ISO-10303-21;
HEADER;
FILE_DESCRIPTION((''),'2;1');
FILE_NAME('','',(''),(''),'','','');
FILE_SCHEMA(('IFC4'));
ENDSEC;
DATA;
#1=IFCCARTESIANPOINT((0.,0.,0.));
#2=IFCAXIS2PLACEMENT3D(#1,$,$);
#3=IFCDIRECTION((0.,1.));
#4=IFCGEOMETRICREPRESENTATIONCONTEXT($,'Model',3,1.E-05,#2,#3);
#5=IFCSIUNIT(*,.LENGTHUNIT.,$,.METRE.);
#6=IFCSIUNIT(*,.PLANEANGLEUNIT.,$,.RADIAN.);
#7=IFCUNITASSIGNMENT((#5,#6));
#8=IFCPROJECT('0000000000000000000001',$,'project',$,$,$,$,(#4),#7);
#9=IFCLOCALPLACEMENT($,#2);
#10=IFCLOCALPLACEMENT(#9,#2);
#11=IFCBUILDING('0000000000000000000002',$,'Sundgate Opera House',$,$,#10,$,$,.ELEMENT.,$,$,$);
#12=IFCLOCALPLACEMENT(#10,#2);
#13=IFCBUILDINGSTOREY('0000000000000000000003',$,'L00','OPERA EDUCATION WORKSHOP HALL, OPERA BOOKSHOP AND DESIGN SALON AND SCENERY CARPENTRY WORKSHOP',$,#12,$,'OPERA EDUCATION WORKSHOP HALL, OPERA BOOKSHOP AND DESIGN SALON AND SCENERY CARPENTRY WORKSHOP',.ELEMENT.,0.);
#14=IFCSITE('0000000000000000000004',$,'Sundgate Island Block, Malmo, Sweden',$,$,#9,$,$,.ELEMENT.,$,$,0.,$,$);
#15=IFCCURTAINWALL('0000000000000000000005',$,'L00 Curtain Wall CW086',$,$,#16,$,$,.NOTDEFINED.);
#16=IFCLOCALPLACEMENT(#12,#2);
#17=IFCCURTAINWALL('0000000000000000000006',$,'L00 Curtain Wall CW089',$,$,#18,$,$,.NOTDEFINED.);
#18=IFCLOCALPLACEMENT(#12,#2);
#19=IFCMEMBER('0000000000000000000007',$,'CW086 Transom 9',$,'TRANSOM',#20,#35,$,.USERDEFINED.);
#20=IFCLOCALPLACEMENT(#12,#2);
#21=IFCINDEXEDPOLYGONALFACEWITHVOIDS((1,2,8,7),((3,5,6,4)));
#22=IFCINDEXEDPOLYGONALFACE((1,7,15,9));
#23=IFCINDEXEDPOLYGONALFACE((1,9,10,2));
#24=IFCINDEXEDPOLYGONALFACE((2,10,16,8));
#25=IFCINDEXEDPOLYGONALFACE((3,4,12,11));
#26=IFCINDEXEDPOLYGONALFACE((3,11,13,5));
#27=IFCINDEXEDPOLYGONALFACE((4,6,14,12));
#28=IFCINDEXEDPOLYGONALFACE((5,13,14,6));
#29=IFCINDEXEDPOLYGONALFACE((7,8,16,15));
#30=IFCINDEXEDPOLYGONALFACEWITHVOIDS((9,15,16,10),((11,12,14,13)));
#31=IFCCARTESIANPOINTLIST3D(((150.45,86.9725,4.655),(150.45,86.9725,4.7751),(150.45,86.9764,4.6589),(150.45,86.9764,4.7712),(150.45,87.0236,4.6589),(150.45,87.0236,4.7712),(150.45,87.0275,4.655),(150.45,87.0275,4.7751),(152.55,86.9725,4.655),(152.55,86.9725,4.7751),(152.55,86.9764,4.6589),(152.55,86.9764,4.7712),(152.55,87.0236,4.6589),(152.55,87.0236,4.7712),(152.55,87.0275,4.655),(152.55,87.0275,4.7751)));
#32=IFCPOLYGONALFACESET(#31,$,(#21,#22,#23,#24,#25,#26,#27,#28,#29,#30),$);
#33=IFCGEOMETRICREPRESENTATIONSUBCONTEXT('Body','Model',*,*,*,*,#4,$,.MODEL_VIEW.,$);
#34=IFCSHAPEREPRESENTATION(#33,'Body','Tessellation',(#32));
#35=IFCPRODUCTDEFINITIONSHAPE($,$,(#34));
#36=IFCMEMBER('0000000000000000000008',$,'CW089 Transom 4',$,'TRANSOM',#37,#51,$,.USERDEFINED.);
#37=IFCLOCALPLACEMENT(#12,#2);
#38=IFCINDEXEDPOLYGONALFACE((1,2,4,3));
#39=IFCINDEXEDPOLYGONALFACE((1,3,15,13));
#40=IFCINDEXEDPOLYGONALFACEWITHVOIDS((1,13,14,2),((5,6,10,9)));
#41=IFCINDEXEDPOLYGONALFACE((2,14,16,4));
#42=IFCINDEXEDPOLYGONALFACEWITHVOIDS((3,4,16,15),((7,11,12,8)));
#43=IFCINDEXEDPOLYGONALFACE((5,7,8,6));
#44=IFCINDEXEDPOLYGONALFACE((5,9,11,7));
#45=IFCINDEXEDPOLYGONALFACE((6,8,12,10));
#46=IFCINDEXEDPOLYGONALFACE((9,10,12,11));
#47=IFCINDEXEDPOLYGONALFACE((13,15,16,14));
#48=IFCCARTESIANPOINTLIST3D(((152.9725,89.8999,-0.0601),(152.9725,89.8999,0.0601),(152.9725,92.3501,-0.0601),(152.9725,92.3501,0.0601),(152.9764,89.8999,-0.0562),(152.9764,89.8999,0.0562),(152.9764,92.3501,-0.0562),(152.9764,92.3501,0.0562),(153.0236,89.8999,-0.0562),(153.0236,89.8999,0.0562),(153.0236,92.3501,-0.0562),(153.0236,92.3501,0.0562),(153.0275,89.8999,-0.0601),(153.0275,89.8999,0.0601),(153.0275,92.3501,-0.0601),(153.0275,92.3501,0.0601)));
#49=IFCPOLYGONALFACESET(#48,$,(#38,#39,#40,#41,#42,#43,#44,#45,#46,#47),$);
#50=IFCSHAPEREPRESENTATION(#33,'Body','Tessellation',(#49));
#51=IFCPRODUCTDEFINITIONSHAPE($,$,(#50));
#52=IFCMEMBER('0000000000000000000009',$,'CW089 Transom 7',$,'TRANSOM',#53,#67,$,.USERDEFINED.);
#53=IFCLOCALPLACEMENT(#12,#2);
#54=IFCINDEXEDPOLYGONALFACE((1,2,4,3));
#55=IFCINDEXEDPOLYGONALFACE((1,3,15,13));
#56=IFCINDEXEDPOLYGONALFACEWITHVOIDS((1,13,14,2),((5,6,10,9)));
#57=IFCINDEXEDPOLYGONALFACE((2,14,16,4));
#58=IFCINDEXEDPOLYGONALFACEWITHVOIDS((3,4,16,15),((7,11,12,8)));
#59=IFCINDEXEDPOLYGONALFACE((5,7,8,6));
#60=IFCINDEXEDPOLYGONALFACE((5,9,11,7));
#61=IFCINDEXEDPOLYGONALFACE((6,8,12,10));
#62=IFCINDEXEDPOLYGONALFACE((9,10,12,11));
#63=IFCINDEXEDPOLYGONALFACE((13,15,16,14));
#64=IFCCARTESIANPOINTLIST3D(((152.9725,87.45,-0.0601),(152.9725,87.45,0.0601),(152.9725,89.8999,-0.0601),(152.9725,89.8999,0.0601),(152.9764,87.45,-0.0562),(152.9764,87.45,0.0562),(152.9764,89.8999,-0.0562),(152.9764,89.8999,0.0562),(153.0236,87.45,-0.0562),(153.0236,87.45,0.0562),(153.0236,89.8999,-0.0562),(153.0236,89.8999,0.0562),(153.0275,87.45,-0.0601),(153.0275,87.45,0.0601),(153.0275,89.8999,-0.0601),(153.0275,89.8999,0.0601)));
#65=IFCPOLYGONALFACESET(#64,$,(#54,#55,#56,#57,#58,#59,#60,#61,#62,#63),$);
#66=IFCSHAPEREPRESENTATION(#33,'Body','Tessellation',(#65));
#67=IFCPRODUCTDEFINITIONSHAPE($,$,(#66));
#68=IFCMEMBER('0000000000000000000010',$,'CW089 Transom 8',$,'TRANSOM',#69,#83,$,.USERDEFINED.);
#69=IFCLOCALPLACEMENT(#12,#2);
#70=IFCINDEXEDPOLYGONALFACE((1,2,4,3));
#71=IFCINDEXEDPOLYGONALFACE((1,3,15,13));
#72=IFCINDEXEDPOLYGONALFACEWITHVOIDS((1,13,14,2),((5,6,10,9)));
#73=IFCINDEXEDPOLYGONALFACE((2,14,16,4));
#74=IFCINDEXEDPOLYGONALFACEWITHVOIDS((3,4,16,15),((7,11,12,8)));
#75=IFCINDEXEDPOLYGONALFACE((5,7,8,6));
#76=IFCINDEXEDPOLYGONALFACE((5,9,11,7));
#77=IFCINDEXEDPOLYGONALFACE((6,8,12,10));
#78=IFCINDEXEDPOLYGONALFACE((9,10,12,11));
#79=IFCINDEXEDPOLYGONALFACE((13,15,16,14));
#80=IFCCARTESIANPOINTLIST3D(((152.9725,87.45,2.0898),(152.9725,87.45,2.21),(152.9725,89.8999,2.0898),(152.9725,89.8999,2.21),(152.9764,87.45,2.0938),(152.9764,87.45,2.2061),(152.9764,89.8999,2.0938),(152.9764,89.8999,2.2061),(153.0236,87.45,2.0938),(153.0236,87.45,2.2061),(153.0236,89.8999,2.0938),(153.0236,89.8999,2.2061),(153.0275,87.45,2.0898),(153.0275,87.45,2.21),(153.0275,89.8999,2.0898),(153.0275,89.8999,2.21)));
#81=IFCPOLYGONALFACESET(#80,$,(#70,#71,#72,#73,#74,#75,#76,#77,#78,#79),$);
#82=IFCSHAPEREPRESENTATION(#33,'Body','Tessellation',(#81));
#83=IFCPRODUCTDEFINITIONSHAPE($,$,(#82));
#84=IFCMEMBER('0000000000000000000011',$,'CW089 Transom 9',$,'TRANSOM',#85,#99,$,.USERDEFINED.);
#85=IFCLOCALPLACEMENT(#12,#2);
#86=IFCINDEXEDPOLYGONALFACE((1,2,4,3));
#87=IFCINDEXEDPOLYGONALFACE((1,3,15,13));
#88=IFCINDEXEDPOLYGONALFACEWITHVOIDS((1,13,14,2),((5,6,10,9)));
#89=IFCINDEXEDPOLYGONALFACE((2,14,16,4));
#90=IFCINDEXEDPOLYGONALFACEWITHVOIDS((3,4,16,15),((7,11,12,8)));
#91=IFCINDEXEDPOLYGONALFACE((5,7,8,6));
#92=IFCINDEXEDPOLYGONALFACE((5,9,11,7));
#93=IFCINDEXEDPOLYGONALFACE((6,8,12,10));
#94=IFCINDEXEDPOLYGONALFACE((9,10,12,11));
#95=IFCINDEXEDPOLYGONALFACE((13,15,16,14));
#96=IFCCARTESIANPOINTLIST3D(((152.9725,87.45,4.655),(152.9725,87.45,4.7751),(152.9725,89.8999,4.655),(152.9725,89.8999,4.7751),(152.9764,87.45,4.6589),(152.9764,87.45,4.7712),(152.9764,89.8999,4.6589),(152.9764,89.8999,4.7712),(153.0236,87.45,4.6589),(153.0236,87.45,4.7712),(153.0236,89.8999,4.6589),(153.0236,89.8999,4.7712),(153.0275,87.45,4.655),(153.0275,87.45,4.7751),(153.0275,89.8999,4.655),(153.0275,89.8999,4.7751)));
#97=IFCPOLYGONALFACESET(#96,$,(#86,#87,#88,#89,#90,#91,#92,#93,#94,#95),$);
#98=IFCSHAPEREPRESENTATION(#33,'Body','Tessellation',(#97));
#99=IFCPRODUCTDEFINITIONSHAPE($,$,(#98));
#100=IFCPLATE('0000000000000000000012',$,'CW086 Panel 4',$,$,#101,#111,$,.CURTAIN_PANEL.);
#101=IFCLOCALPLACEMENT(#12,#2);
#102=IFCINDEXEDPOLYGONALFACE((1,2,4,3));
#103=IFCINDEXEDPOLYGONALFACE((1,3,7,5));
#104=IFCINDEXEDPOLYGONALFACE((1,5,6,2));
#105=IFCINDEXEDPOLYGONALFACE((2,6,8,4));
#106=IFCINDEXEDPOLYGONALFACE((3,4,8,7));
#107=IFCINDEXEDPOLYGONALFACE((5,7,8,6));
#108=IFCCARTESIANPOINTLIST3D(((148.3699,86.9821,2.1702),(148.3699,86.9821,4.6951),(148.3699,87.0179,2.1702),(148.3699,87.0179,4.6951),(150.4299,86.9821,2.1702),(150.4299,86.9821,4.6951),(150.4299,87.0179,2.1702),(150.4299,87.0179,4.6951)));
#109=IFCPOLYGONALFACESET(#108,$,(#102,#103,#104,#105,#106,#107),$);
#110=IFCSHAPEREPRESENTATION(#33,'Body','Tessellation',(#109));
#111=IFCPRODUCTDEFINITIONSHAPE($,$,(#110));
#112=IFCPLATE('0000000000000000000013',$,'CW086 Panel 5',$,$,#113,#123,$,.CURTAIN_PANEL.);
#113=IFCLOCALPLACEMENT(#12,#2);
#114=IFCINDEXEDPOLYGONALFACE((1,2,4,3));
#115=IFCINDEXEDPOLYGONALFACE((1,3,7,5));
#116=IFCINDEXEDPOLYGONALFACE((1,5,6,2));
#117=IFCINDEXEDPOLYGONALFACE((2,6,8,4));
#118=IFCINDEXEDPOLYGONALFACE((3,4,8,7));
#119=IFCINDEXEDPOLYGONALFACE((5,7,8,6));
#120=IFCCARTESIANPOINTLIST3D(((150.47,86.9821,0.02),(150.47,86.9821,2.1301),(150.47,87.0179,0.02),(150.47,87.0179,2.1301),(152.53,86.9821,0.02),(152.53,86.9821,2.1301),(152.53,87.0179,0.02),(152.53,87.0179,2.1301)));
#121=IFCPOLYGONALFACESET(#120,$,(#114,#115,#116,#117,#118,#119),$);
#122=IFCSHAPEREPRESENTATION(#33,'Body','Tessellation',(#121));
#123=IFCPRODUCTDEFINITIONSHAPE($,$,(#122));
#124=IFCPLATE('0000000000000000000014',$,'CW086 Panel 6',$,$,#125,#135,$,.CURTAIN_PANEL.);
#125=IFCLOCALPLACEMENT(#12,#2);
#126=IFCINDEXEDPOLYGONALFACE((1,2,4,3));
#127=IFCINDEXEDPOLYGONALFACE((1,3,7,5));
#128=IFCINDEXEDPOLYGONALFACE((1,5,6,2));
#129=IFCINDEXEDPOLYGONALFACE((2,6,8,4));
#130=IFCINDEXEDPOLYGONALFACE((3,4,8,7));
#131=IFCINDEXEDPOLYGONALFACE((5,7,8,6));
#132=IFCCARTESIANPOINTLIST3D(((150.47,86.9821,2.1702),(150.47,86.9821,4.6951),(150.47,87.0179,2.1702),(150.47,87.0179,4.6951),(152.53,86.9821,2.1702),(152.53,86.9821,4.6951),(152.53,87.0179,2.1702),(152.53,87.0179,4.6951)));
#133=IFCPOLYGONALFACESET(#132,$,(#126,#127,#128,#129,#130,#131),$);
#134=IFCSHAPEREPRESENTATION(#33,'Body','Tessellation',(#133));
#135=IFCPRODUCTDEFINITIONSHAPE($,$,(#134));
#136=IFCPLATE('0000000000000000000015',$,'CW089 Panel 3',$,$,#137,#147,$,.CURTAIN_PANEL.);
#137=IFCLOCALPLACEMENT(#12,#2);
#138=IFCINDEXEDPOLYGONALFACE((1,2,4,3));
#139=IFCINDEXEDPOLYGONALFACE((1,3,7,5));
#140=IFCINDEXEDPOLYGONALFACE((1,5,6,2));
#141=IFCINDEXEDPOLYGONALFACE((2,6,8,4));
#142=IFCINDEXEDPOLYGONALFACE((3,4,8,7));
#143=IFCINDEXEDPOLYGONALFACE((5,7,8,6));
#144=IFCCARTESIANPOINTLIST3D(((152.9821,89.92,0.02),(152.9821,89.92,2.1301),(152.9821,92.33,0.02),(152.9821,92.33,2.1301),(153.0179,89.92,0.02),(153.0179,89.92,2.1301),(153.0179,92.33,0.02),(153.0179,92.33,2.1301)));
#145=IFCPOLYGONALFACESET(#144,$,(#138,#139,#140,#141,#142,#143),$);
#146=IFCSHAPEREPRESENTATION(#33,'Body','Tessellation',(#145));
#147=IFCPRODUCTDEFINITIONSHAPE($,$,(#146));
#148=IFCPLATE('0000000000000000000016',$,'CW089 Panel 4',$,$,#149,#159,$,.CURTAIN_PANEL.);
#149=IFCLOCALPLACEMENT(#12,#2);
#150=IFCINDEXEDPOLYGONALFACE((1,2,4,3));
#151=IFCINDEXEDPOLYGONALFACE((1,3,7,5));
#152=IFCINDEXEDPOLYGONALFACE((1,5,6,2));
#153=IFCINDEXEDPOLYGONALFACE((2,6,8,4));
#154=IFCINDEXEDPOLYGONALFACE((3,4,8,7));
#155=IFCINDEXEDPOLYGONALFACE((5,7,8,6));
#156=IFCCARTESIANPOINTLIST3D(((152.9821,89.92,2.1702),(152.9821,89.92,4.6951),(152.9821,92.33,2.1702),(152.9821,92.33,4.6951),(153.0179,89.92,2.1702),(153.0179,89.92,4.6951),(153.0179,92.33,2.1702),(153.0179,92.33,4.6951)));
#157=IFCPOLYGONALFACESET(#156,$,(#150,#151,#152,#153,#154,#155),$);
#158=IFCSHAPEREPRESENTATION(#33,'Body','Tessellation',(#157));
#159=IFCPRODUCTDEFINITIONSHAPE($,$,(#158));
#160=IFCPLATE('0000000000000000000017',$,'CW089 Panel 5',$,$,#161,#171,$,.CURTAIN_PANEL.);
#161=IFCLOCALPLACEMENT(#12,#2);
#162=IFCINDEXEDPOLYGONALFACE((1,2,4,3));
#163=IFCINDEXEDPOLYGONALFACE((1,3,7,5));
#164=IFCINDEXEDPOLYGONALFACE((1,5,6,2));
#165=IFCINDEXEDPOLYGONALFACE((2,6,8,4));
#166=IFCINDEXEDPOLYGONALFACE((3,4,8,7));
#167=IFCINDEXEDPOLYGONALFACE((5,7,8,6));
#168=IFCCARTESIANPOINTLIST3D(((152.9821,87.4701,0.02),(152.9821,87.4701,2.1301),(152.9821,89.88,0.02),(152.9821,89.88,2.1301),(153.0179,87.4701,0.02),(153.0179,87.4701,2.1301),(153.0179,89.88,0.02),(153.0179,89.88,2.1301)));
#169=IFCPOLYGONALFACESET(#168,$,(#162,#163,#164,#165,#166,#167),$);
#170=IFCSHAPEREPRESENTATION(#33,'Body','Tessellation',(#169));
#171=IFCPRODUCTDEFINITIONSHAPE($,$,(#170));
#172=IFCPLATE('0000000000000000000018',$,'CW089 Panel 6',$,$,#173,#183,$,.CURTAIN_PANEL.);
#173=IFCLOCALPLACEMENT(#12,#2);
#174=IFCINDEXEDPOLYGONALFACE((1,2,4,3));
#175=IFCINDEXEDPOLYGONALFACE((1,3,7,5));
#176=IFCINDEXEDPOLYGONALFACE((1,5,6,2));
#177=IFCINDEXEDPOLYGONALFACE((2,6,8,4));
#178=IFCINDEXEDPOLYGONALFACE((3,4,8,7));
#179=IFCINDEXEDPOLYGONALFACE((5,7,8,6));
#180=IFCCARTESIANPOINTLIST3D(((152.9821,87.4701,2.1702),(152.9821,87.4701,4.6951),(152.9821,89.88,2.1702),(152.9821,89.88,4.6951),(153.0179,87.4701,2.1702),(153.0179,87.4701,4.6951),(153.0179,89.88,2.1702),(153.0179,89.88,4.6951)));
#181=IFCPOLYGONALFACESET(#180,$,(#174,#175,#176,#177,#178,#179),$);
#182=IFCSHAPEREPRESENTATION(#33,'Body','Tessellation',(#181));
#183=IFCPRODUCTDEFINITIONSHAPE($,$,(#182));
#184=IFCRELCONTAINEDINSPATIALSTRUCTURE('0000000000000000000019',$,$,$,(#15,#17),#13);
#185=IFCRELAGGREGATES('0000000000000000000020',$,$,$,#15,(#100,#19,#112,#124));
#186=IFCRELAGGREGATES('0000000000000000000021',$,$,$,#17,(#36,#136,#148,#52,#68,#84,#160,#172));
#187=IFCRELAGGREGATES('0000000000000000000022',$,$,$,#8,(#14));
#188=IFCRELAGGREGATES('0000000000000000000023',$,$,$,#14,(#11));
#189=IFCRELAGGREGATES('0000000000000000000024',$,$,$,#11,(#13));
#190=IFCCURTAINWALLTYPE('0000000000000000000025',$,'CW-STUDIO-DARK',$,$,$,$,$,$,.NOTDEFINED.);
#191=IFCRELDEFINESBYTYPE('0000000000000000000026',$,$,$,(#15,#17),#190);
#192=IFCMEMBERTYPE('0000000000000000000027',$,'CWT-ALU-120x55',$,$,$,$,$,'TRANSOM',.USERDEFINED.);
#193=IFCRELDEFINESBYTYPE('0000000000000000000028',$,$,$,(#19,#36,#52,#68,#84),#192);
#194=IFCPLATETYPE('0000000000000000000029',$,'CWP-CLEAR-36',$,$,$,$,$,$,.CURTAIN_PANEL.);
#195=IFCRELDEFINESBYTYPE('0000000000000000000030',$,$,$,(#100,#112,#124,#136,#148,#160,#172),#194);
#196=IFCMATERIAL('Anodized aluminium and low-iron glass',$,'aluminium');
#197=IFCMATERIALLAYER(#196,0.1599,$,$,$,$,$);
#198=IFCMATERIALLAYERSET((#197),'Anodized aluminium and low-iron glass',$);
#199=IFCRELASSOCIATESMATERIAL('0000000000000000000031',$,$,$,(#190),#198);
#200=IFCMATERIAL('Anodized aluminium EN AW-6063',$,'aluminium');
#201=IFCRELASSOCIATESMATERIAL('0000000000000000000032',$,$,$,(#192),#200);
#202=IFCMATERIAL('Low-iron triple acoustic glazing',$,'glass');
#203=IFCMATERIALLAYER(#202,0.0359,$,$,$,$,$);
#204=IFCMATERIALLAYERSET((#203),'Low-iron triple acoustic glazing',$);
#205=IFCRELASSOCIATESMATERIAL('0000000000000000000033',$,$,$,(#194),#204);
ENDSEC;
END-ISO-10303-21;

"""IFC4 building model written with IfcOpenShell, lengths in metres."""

from ifc_helpers import new_model, si_unit, direction, frame, origin, origin_2d, place, context, subcontext, project, spatial, rectangle, hollow_rectangle, extrude, material, layer, layer_set, material_profile, profile_set, type_object, element, aggregate, save


model = new_model("IFC4")

# Units and contexts
model_context = context("Model", 3, precision=1e-05, world=origin(), true_north=direction((0.0, 1.0)))
body_context = subcontext(model_context, "Body", "Model", "MODEL_VIEW")
ifc_project = project(units=[si_unit("LENGTHUNIT", "METRE"), si_unit("PLANEANGLEUNIT", "RADIAN")], contexts=[model_context])

# Site, building, storey
site_placement = place(None, origin())
site = spatial("IfcSite", under=ifc_project, at=site_placement, Name="Sundgate Island Block, Malmo, Sweden", CompositionType="ELEMENT", RefElevation=0.0)
building_placement = place(site_placement, origin())
building = spatial("IfcBuilding", under=site, at=building_placement, Name="Sundgate Opera House", CompositionType="ELEMENT")
storey_placement = place(building_placement, origin())
storey = spatial("IfcBuildingStorey", under=building, at=storey_placement, Name="L00", Description="OPERA EDUCATION WORKSHOP HALL, OPERA BOOKSHOP AND DESIGN SALON AND SCENERY CARPENTRY WORKSHOP", LongName="OPERA EDUCATION WORKSHOP HALL, OPERA BOOKSHOP AND DESIGN SALON AND SCENERY CARPENTRY WORKSHOP", CompositionType="ELEMENT", Elevation=0.0)

# Curtain walls
ifc_material_1 = material(Name="Anodized aluminium and low-iron glass", Category="aluminium")
ifc_layer_1 = layer(ifc_material_1, 0.1599)
ifc_layer_set_1 = layer_set([ifc_layer_1], Name="Anodized aluminium and low-iron glass")
curtain_wall_type = type_object("IfcCurtainWallType", Name="CW-STUDIO-DARK", PredefinedType="NOTDEFINED", material=ifc_layer_set_1)
curtain_wall_1_placement = place(storey_placement, origin())
curtain_wall_1 = element("IfcCurtainWall", 1, at=curtain_wall_1_placement, inside=storey, type_object=curtain_wall_type, Name="L00 Curtain Wall CW086", PredefinedType="NOTDEFINED")
curtain_wall_2_placement = place(storey_placement, origin())
curtain_wall_2 = element("IfcCurtainWall", 2, at=curtain_wall_2_placement, inside=storey, type_object=curtain_wall_type, Name="L00 Curtain Wall CW089", PredefinedType="NOTDEFINED")

# Members
ifc_material_2 = material(Name="Anodized aluminium EN AW-6063", Category="aluminium")
ifc_material_profile_1 = material_profile(ifc_material_2, hollow_rectangle(XDim=0.0549, YDim=0.1201, WallThickness=0.0039, at=origin_2d()), Name="CWT 120x55x4")
ifc_profile_set_1 = profile_set([ifc_material_profile_1], Name="Anodized aluminium EN AW-6063")
member_type_1 = type_object("IfcMemberType", Name="CWT-ALU-120x55", ElementType="TRANSOM", PredefinedType="USERDEFINED", material=ifc_profile_set_1)
member_1_placement = place(storey_placement, frame((150.45, 87.0, 4.7151), z_axis=(1.0, 0.0, 0.0), x_axis=(0.0, 1.0, 0.0)))
member_1 = element("IfcMember", 3, at=member_1_placement, type_object=member_type_1, Name="CW086 Transom 9", ObjectType="TRANSOM", PredefinedType="USERDEFINED", context=body_context, shape_type="SweptSolid", body=[
    extrude(hollow_rectangle(XDim=0.0549, YDim=0.1201, WallThickness=0.0039, at=origin_2d()), origin(), (0.0, 0.0, 1.0), 2.1001),
])
member_2_placement = place(storey_placement, frame((153.0, 92.3501, 0.0), z_axis=(0.0, -1.0, 0.0), x_axis=(1.0, 0.0, 0.0)))
member_2 = element("IfcMember", 4, at=member_2_placement, type_object=member_type_1, Name="CW089 Transom 4", ObjectType="TRANSOM", PredefinedType="USERDEFINED", context=body_context, shape_type="SweptSolid", body=[
    extrude(hollow_rectangle(XDim=0.0549, YDim=0.1201, WallThickness=0.0039, at=origin_2d()), origin(), (0.0, 0.0, 1.0), 2.4502),
])
member_3_placement = place(storey_placement, frame((153.0, 89.8999, 0.0), z_axis=(0.0, -1.0, 0.0), x_axis=(1.0, 0.0, 0.0)))
member_3 = element("IfcMember", 5, at=member_3_placement, type_object=member_type_1, Name="CW089 Transom 7", ObjectType="TRANSOM", PredefinedType="USERDEFINED", context=body_context, shape_type="SweptSolid", body=[
    extrude(hollow_rectangle(XDim=0.0549, YDim=0.1201, WallThickness=0.0039, at=origin_2d()), origin(), (0.0, 0.0, 1.0), 2.45),
])
member_4_placement = place(storey_placement, frame((153.0, 89.8999, 2.1499), z_axis=(0.0, -1.0, 0.0), x_axis=(1.0, 0.0, 0.0)))
member_4 = element("IfcMember", 6, at=member_4_placement, type_object=member_type_1, Name="CW089 Transom 8", ObjectType="TRANSOM", PredefinedType="USERDEFINED", context=body_context, shape_type="SweptSolid", body=[
    extrude(hollow_rectangle(XDim=0.0549, YDim=0.1201, WallThickness=0.0039, at=origin_2d()), origin(), (0.0, 0.0, 1.0), 2.45),
])
member_5_placement = place(storey_placement, frame((153.0, 89.8999, 4.7151), z_axis=(0.0, -1.0, 0.0), x_axis=(1.0, 0.0, 0.0)))
member_5 = element("IfcMember", 7, at=member_5_placement, type_object=member_type_1, Name="CW089 Transom 9", ObjectType="TRANSOM", PredefinedType="USERDEFINED", context=body_context, shape_type="SweptSolid", body=[
    extrude(hollow_rectangle(XDim=0.0549, YDim=0.1201, WallThickness=0.0039, at=origin_2d()), origin(), (0.0, 0.0, 1.0), 2.45),
])

# Plates
ifc_material_3 = material(Name="Low-iron triple acoustic glazing", Category="glass")
ifc_layer_2 = layer(ifc_material_3, 0.0359)
ifc_layer_set_2 = layer_set([ifc_layer_2], Name="Low-iron triple acoustic glazing")
plate_type = type_object("IfcPlateType", Name="CWP-CLEAR-36", PredefinedType="CURTAIN_PANEL", material=ifc_layer_set_2)
plate_1_placement = place(storey_placement, frame((149.3999, 87.0, 2.1702), z_axis=(0.0, 0.0, 1.0), x_axis=(1.0, 0.0, 0.0)))
plate_1 = element("IfcPlate", 8, at=plate_1_placement, type_object=plate_type, Name="CW086 Panel 4", PredefinedType="CURTAIN_PANEL", context=body_context, shape_type="SweptSolid", body=[
    extrude(rectangle(XDim=2.0601, YDim=0.0359, at=origin_2d()), origin(), (0.0, 0.0, 1.0), 2.5249),
])
plate_2_placement = place(storey_placement, frame((151.5, 87.0, 0.02), z_axis=(0.0, 0.0, 1.0), x_axis=(1.0, 0.0, 0.0)))
plate_2 = element("IfcPlate", 9, at=plate_2_placement, type_object=plate_type, Name="CW086 Panel 5", PredefinedType="CURTAIN_PANEL", context=body_context, shape_type="SweptSolid", body=[
    extrude(rectangle(XDim=2.0601, YDim=0.0359, at=origin_2d()), origin(), (0.0, 0.0, 1.0), 2.1101),
])
plate_3_placement = place(storey_placement, frame((151.5, 87.0, 2.1702), z_axis=(0.0, 0.0, 1.0), x_axis=(1.0, 0.0, 0.0)))
plate_3 = element("IfcPlate", 10, at=plate_3_placement, type_object=plate_type, Name="CW086 Panel 6", PredefinedType="CURTAIN_PANEL", context=body_context, shape_type="SweptSolid", body=[
    extrude(rectangle(XDim=2.0601, YDim=0.0359, at=origin_2d()), origin(), (0.0, 0.0, 1.0), 2.5249),
])
aggregate(curtain_wall_1, [plate_1, member_1, plate_2, plate_3])
plate_4_placement = place(storey_placement, frame((153.0, 91.125, 0.02), z_axis=(0.0, 0.0, 1.0), x_axis=(0.0, -1.0, 0.0)))
plate_4 = element("IfcPlate", 11, at=plate_4_placement, type_object=plate_type, Name="CW089 Panel 3", PredefinedType="CURTAIN_PANEL", context=body_context, shape_type="SweptSolid", body=[
    extrude(rectangle(XDim=2.4099, YDim=0.0359, at=origin_2d()), origin(), (0.0, 0.0, 1.0), 2.1101),
])
plate_5_placement = place(storey_placement, frame((153.0, 91.125, 2.1702), z_axis=(0.0, 0.0, 1.0), x_axis=(0.0, -1.0, 0.0)))
plate_5 = element("IfcPlate", 12, at=plate_5_placement, type_object=plate_type, Name="CW089 Panel 4", PredefinedType="CURTAIN_PANEL", context=body_context, shape_type="SweptSolid", body=[
    extrude(rectangle(XDim=2.4099, YDim=0.0359, at=origin_2d()), origin(), (0.0, 0.0, 1.0), 2.5249),
])
plate_6_placement = place(storey_placement, frame((153.0, 88.675, 0.02), z_axis=(0.0, 0.0, 1.0), x_axis=(0.0, -1.0, 0.0)))
plate_6 = element("IfcPlate", 13, at=plate_6_placement, type_object=plate_type, Name="CW089 Panel 5", PredefinedType="CURTAIN_PANEL", context=body_context, shape_type="SweptSolid", body=[
    extrude(rectangle(XDim=2.4099, YDim=0.0359, at=origin_2d()), origin(), (0.0, 0.0, 1.0), 2.1101),
])
plate_7_placement = place(storey_placement, frame((153.0, 88.675, 2.1702), z_axis=(0.0, 0.0, 1.0), x_axis=(0.0, -1.0, 0.0)))
plate_7 = element("IfcPlate", 14, at=plate_7_placement, type_object=plate_type, Name="CW089 Panel 6", PredefinedType="CURTAIN_PANEL", context=body_context, shape_type="SweptSolid", body=[
    extrude(rectangle(XDim=2.4099, YDim=0.0359, at=origin_2d()), origin(), (0.0, 0.0, 1.0), 2.5249),
])
aggregate(curtain_wall_2, [member_2, plate_4, plate_5, member_3, member_4, member_5, plate_6, plate_7])

save(model, "model.ifc")
